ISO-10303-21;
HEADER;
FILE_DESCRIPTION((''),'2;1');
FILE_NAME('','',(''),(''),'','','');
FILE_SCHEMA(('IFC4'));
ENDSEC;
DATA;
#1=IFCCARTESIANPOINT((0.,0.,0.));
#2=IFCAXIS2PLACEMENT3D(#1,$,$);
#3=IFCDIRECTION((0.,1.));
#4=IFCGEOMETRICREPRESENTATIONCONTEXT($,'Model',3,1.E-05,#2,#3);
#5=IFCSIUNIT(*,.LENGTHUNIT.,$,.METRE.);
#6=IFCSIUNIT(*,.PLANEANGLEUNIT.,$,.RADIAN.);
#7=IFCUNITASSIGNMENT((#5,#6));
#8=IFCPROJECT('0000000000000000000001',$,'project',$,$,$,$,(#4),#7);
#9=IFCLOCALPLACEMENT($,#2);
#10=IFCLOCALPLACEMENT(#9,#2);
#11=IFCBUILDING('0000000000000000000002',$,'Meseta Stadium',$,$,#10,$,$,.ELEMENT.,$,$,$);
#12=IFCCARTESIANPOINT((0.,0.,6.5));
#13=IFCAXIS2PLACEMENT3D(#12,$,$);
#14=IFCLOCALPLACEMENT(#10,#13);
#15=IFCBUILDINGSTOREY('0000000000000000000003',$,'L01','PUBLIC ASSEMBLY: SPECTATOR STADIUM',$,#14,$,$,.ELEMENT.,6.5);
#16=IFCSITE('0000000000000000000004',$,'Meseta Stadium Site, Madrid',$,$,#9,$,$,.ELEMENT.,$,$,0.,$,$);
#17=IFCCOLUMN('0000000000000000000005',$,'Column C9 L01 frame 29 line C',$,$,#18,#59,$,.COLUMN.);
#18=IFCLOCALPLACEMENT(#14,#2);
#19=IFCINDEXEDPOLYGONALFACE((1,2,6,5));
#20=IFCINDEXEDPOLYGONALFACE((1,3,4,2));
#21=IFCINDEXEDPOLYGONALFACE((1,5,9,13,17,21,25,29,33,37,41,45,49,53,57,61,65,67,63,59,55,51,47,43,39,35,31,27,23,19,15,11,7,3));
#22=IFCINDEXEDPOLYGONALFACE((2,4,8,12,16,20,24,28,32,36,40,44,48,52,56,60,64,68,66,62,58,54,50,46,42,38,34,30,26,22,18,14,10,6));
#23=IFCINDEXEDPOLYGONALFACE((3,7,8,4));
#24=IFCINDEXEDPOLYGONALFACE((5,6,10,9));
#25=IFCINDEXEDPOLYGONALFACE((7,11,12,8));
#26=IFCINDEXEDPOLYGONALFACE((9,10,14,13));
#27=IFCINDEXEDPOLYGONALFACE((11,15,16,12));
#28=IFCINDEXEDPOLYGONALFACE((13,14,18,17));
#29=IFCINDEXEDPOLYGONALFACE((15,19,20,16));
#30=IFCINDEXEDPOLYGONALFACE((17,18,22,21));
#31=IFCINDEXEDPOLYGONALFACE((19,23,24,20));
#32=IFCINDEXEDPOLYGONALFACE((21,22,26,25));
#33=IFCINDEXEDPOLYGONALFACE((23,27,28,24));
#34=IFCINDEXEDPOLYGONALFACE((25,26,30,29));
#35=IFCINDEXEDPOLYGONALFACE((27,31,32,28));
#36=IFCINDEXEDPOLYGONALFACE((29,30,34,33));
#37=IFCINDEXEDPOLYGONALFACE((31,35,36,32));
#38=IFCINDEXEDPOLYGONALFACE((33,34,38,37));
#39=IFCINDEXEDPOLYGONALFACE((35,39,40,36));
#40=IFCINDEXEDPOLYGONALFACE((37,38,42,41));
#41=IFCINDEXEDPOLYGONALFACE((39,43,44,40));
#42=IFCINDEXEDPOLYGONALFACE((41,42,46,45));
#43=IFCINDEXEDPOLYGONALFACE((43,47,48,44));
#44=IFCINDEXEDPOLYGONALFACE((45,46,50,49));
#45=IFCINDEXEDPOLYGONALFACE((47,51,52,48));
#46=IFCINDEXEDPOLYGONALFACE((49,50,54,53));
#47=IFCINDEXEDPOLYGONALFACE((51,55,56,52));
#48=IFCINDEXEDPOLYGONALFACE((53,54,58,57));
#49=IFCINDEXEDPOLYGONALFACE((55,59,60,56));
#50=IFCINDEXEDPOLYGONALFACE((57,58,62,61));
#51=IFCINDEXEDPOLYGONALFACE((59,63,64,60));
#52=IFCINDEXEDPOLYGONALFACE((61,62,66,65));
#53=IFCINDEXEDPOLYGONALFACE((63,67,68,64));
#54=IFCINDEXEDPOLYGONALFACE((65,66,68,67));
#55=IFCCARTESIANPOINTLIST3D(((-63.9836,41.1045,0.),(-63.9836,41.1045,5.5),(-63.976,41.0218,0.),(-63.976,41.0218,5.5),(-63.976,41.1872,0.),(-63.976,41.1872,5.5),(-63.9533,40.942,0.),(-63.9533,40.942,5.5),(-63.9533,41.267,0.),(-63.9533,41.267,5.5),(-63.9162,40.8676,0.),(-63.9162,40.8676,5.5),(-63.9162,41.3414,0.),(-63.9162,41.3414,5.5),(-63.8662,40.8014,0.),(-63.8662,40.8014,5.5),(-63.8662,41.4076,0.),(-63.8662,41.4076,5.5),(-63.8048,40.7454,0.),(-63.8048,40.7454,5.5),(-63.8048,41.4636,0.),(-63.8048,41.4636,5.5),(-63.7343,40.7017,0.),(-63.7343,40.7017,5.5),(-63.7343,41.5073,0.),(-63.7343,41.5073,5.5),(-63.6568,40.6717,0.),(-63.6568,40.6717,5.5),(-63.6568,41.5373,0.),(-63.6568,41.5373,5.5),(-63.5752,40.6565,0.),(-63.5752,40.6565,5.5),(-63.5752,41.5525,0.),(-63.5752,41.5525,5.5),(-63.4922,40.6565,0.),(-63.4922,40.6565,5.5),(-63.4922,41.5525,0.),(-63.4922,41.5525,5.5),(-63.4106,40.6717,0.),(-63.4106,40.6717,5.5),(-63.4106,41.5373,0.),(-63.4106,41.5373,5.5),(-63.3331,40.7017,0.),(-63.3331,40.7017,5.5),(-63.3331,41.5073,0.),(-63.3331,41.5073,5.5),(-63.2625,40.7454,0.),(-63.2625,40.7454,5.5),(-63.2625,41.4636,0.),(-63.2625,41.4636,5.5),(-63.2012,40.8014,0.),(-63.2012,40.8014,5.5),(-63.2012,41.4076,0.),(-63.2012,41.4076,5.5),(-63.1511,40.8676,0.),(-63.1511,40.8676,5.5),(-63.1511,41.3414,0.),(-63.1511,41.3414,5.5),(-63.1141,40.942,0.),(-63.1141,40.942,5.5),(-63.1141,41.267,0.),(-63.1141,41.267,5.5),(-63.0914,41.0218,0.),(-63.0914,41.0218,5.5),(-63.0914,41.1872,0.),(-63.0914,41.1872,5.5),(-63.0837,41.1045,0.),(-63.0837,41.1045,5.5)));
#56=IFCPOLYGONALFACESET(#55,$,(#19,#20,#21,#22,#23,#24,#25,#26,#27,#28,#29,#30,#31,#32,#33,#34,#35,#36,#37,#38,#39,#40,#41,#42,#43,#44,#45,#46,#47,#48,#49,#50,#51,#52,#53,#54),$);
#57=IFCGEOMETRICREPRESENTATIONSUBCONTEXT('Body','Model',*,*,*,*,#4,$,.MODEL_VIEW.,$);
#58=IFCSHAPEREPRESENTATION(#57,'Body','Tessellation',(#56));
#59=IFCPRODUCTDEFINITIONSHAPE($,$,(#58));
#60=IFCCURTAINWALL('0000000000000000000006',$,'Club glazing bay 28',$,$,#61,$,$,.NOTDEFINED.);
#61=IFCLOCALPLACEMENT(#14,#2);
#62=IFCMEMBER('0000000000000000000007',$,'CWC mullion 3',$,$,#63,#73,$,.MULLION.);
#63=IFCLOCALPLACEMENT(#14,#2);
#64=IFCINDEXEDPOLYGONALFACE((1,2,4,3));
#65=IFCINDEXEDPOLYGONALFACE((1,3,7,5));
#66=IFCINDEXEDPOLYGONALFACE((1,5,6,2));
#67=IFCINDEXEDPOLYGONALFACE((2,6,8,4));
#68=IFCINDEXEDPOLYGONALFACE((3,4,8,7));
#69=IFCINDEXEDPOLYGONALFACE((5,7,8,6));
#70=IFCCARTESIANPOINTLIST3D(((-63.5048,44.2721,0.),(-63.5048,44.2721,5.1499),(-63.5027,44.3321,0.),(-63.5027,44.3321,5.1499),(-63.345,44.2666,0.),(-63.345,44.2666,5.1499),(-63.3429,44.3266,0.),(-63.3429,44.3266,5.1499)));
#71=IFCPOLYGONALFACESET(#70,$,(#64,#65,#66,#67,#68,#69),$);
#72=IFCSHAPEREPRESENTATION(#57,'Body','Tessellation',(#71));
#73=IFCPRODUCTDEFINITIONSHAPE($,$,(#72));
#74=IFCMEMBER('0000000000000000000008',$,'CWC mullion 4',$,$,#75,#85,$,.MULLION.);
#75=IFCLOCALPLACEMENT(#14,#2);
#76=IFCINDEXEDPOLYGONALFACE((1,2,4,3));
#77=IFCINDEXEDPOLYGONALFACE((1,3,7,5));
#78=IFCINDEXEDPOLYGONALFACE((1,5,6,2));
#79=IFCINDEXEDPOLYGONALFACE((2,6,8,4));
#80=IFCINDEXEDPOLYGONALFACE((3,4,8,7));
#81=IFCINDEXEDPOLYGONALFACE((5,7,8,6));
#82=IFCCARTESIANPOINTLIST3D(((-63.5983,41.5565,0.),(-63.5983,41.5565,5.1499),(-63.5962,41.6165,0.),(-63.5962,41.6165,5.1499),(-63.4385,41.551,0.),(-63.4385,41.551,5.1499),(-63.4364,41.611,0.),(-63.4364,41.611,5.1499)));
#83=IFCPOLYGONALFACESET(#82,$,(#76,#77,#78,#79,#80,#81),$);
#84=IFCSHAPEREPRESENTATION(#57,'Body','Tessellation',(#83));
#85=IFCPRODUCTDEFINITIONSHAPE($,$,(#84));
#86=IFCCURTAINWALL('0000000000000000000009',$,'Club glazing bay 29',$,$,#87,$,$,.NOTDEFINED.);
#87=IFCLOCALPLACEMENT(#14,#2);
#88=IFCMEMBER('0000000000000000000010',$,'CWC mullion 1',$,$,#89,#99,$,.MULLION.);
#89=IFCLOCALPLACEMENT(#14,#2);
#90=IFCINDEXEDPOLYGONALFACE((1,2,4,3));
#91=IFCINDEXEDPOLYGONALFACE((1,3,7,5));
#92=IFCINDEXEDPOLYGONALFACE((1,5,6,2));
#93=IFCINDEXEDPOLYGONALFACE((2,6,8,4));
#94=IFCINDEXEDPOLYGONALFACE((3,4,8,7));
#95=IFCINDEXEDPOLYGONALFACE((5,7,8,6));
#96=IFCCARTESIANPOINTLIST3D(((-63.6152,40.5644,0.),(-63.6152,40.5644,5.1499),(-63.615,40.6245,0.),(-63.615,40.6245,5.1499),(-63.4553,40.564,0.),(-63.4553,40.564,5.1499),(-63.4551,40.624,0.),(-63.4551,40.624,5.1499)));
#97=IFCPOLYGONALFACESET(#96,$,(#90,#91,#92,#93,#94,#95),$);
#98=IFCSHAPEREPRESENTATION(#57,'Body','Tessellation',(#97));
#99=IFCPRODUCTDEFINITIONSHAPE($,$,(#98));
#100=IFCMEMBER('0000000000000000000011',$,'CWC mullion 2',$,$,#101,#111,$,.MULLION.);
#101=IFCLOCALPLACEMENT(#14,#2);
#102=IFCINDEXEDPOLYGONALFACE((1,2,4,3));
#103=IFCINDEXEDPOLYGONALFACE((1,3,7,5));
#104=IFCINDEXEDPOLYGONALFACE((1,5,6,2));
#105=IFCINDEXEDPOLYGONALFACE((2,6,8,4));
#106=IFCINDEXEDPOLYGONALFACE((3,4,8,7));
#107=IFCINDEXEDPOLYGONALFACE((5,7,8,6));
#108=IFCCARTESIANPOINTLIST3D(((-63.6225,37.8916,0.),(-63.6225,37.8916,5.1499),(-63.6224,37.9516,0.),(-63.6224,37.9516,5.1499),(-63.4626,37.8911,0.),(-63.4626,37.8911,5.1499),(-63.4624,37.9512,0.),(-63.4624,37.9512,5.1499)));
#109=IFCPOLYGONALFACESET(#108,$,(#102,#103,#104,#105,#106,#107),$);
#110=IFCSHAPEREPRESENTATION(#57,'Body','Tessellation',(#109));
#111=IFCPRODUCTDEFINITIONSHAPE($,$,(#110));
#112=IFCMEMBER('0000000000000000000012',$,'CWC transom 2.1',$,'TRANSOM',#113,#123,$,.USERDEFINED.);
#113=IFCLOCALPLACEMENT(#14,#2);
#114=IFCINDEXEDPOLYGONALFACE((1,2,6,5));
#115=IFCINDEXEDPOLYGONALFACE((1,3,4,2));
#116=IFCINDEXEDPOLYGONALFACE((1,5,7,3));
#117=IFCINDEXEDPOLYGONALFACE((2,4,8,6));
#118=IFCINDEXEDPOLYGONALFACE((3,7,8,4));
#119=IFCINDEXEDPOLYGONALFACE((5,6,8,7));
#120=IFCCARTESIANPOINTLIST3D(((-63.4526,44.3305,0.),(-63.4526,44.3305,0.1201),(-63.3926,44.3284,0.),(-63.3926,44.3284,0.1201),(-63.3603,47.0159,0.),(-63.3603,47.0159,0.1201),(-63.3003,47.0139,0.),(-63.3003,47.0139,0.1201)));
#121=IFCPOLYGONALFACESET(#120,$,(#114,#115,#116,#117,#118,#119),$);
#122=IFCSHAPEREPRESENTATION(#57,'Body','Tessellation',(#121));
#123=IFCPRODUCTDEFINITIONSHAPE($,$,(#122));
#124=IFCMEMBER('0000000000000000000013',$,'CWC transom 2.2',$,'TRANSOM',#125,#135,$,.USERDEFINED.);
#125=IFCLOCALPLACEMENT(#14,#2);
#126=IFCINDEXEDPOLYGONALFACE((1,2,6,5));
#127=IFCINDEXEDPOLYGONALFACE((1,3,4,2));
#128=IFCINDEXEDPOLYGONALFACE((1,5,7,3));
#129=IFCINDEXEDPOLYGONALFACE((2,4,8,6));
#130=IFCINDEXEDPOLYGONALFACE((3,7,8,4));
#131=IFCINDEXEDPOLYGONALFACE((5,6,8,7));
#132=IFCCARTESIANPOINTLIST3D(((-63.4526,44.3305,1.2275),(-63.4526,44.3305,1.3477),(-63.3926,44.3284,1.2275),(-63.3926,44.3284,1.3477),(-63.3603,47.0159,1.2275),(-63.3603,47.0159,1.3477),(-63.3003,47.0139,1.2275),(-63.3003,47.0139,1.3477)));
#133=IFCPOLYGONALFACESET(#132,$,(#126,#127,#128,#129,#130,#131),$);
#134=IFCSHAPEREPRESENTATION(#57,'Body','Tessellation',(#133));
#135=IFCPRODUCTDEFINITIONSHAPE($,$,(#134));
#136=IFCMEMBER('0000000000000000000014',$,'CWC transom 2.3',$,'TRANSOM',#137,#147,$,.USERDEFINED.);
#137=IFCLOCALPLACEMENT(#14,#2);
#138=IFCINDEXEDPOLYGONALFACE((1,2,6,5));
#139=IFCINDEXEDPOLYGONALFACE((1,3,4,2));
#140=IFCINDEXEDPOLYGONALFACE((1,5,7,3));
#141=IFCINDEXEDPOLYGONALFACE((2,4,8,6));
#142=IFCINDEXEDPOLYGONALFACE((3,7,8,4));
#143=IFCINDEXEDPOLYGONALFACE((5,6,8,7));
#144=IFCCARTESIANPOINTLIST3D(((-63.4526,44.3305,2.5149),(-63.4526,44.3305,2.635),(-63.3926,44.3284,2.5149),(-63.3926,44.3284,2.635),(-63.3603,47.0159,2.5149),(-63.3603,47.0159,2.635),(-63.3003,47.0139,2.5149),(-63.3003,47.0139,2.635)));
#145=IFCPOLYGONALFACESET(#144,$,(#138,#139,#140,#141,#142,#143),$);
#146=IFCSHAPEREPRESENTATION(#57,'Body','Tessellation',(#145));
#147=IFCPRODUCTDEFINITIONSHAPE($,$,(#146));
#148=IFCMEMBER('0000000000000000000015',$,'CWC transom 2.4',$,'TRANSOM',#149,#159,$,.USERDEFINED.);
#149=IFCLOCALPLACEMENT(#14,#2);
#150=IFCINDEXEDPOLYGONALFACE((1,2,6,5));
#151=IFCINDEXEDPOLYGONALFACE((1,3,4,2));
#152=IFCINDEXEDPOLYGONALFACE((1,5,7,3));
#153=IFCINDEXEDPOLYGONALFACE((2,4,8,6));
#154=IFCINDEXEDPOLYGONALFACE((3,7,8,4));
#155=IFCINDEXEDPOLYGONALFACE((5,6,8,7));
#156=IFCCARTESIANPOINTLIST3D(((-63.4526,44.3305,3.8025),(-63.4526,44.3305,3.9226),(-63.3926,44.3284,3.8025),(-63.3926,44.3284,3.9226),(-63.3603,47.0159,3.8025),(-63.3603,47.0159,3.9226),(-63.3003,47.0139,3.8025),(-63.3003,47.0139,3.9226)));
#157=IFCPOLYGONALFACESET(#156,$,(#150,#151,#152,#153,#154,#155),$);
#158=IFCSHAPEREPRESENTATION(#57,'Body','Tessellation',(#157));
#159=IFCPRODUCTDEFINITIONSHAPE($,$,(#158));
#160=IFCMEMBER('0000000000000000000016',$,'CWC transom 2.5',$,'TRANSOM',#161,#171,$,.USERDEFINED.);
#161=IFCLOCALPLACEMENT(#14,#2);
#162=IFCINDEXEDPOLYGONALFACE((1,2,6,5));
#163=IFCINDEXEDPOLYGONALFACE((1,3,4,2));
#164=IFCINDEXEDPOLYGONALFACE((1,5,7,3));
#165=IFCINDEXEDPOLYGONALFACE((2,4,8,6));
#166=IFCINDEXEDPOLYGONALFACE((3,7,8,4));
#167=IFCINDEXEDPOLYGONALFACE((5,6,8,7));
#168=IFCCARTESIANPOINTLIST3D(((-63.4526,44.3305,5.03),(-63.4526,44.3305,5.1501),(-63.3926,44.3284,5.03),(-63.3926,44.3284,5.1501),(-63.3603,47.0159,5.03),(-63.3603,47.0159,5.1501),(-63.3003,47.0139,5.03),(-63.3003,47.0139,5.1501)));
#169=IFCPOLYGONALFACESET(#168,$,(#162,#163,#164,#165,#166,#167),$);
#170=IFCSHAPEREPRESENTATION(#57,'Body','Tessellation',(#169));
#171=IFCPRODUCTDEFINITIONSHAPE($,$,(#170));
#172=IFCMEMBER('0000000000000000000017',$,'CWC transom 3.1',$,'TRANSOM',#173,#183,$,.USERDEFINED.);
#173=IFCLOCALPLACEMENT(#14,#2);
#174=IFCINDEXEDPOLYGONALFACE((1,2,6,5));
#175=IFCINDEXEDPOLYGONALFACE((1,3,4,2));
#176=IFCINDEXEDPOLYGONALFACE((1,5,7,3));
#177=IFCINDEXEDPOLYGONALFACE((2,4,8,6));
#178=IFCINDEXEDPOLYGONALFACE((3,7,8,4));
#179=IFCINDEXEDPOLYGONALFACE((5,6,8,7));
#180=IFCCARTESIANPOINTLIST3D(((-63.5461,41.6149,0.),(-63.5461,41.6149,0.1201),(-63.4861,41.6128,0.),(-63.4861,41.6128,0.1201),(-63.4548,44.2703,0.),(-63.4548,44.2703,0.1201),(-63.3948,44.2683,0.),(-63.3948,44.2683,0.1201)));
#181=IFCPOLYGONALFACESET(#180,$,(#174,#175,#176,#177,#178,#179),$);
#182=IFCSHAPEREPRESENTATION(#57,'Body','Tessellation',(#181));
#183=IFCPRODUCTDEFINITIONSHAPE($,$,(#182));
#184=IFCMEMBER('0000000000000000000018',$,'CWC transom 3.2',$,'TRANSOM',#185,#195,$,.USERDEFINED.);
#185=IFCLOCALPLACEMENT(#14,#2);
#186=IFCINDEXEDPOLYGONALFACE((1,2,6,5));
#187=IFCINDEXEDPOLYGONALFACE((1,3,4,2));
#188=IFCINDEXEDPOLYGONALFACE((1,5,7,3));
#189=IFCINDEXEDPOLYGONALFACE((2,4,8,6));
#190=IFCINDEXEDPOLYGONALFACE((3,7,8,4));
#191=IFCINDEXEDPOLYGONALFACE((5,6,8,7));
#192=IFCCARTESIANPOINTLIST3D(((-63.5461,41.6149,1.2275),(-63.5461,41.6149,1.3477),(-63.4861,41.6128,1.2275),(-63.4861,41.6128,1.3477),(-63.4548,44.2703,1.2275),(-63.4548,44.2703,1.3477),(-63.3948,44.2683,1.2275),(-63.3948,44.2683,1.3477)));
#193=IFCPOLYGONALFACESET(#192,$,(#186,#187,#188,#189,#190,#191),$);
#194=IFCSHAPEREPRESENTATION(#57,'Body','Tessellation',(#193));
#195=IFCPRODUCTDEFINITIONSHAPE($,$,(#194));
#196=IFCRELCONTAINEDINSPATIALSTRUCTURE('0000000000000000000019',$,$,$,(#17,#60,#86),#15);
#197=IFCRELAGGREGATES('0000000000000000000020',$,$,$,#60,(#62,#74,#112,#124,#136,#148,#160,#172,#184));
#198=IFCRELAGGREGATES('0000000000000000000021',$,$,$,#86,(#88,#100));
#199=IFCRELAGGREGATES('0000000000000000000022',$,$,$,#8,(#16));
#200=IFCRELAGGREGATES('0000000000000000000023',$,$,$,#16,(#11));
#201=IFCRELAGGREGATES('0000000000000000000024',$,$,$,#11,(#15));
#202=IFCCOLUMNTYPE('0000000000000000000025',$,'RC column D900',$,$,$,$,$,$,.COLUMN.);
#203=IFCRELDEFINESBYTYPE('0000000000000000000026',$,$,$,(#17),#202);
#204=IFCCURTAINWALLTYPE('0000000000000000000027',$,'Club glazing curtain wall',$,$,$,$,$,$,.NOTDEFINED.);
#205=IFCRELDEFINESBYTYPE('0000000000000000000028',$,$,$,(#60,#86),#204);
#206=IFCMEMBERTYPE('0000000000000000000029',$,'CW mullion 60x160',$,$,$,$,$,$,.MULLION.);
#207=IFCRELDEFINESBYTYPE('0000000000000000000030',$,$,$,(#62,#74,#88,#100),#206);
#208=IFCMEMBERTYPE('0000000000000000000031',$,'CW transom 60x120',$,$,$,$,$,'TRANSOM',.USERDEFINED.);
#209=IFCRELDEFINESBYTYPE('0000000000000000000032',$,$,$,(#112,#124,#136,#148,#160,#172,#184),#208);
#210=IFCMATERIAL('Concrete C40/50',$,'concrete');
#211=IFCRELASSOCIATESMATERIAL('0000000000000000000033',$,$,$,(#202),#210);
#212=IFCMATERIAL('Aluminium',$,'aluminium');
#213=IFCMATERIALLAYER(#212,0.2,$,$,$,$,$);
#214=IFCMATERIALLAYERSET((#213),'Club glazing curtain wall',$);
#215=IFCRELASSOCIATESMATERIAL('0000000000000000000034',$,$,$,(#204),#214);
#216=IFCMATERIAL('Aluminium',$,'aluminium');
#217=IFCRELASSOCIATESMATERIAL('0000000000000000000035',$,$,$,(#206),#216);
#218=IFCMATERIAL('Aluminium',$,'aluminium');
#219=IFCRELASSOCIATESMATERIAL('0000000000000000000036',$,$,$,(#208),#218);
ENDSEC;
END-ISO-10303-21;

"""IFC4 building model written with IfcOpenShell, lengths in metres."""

from ifc_helpers import new_model, si_unit, direction, frame, origin, origin_2d, place, context, subcontext, project, spatial, rectangle, circle, extrude, material, layer, layer_set, material_profile, profile_set, type_object, element, aggregate, save


model = new_model("IFC4")

# Units and contexts
model_context = context("Model", 3, precision=1e-05, world=origin(), true_north=direction((0.0, 1.0)))
body_context = subcontext(model_context, "Body", "Model", "MODEL_VIEW")
ifc_project = project(units=[si_unit("LENGTHUNIT", "METRE"), si_unit("PLANEANGLEUNIT", "RADIAN")], contexts=[model_context])

# Site, building, storey
site_placement = place(None, origin())
site = spatial("IfcSite", under=ifc_project, at=site_placement, Name="Meseta Stadium Site, Madrid", CompositionType="ELEMENT", RefElevation=0.0)
building_placement = place(site_placement, origin())
building = spatial("IfcBuilding", under=site, at=building_placement, Name="Meseta Stadium", CompositionType="ELEMENT")
storey_placement = place(building_placement, frame((0.0, 0.0, 6.5)))
storey = spatial("IfcBuildingStorey", under=building, at=storey_placement, Name="L01", Description="PUBLIC ASSEMBLY: SPECTATOR STADIUM", CompositionType="ELEMENT", Elevation=6.5)

# Column
ifc_material_1 = material(Name="Concrete C40/50", Category="concrete")
ifc_material_profile_1 = material_profile(ifc_material_1, circle(Radius=0.45, at=origin_2d()), Name="RC D900")
ifc_profile_set_1 = profile_set([ifc_material_profile_1], Name="Concrete C40/50")
column_type = type_object("IfcColumnType", Name="RC column D900", PredefinedType="COLUMN", material=ifc_profile_set_1)
column_placement = place(storey_placement, frame((-63.5337, 41.1045, 0.0), z_axis=(0.0, 0.0, 1.0), x_axis=(1.0, 0.0, 0.0)))
element("IfcColumn", 1, at=column_placement, inside=storey, type_object=column_type, Name="Column C9 L01 frame 29 line C", PredefinedType="COLUMN", context=body_context, shape_type="SweptSolid", body=[
    extrude(circle(Radius=0.45, at=origin_2d()), origin(), (0.0, 0.0, 1.0), 5.5),
])

# Curtain walls, members
ifc_material_2 = material(Name="Aluminium", Category="aluminium")
ifc_layer_1 = layer(ifc_material_2, 0.2)
ifc_layer_set_1 = layer_set([ifc_layer_1], Name="Club glazing curtain wall")
curtain_wall_type = type_object("IfcCurtainWallType", Name="Club glazing curtain wall", PredefinedType="NOTDEFINED", material=ifc_layer_set_1)
curtain_wall_1_placement = place(storey_placement, origin())
curtain_wall_1 = element("IfcCurtainWall", 2, at=curtain_wall_1_placement, inside=storey, type_object=curtain_wall_type, Name="Club glazing bay 28", PredefinedType="NOTDEFINED")
ifc_material_3 = material(Name="Aluminium", Category="aluminium")
ifc_material_profile_2 = material_profile(ifc_material_3, rectangle(XDim=0.1599, YDim=0.0601, at=origin_2d()), Name="CW 160x60")
ifc_profile_set_2 = profile_set([ifc_material_profile_2], Name="Aluminium")
member_type_1 = type_object("IfcMemberType", Name="CW mullion 60x160", PredefinedType="MULLION", material=ifc_profile_set_2)
member_1_placement = place(storey_placement, frame((-63.4238, 44.2993, 0.0), z_axis=(0.0, 0.0, 1.0), x_axis=(0.999408, -0.034398, 0.0)))
member_1 = element("IfcMember", 3, at=member_1_placement, type_object=member_type_1, Name="CWC mullion 3", PredefinedType="MULLION", context=body_context, shape_type="SweptSolid", body=[
    extrude(rectangle(XDim=0.1599, YDim=0.0601, at=origin_2d()), origin(), (0.0, 0.0, 1.0), 5.1499),
])
member_2_placement = place(storey_placement, frame((-63.5173, 41.5837, 0.0), z_axis=(0.0, 0.0, 1.0), x_axis=(0.999408, -0.034398, 0.0)))
member_2 = element("IfcMember", 4, at=member_2_placement, type_object=member_type_1, Name="CWC mullion 4", PredefinedType="MULLION", context=body_context, shape_type="SweptSolid", body=[
    extrude(rectangle(XDim=0.1599, YDim=0.0601, at=origin_2d()), origin(), (0.0, 0.0, 1.0), 5.1499),
])
curtain_wall_2_placement = place(storey_placement, origin())
curtain_wall_2 = element("IfcCurtainWall", 5, at=curtain_wall_2_placement, inside=storey, type_object=curtain_wall_type, Name="Club glazing bay 29", PredefinedType="NOTDEFINED")
member_3_placement = place(storey_placement, frame((-63.5352, 40.5942, 0.0), z_axis=(0.0, 0.0, 1.0), x_axis=(0.999996, -0.002758, 0.0)))
member_3 = element("IfcMember", 6, at=member_3_placement, type_object=member_type_1, Name="CWC mullion 1", PredefinedType="MULLION", context=body_context, shape_type="SweptSolid", body=[
    extrude(rectangle(XDim=0.1599, YDim=0.0601, at=origin_2d()), origin(), (0.0, 0.0, 1.0), 5.1499),
])
member_4_placement = place(storey_placement, frame((-63.5425, 37.9214, 0.0), z_axis=(0.0, 0.0, 1.0), x_axis=(0.999996, -0.002758, 0.0)))
member_4 = element("IfcMember", 7, at=member_4_placement, type_object=member_type_1, Name="CWC mullion 2", PredefinedType="MULLION", context=body_context, shape_type="SweptSolid", body=[
    extrude(rectangle(XDim=0.1599, YDim=0.0601, at=origin_2d()), origin(), (0.0, 0.0, 1.0), 5.1499),
])

# Members
ifc_material_4 = material(Name="Aluminium", Category="aluminium")
ifc_material_profile_3 = material_profile(ifc_material_4, rectangle(XDim=0.0601, YDim=0.1201, at=origin_2d()), Name="CW 60x120")
ifc_profile_set_3 = profile_set([ifc_material_profile_3], Name="Aluminium")
member_type_2 = type_object("IfcMemberType", Name="CW transom 60x120", ElementType="TRANSOM", PredefinedType="USERDEFINED", material=ifc_profile_set_3)
member_5_placement = place(storey_placement, frame((-63.3303, 47.0149, 0.0601), z_axis=(-0.034343, -0.99941, 0.0), x_axis=(0.99941, -0.034343, 0.0)))
member_5 = element("IfcMember", 8, at=member_5_placement, type_object=member_type_2, Name="CWC transom 2.1", ObjectType="TRANSOM", PredefinedType="USERDEFINED", context=body_context, shape_type="SweptSolid", body=[
    extrude(rectangle(XDim=0.0601, YDim=0.1201, at=origin_2d()), origin(), (0.0, 0.0, 1.0), 2.687),
])
member_6_placement = place(storey_placement, frame((-63.3303, 47.0149, 1.2876), z_axis=(-0.034343, -0.99941, 0.0), x_axis=(0.99941, -0.034343, 0.0)))
member_6 = element("IfcMember", 9, at=member_6_placement, type_object=member_type_2, Name="CWC transom 2.2", ObjectType="TRANSOM", PredefinedType="USERDEFINED", context=body_context, shape_type="SweptSolid", body=[
    extrude(rectangle(XDim=0.0601, YDim=0.1201, at=origin_2d()), origin(), (0.0, 0.0, 1.0), 2.687),
])
member_7_placement = place(storey_placement, frame((-63.3303, 47.0149, 2.575), z_axis=(-0.034343, -0.99941, 0.0), x_axis=(0.99941, -0.034343, 0.0)))
member_7 = element("IfcMember", 10, at=member_7_placement, type_object=member_type_2, Name="CWC transom 2.3", ObjectType="TRANSOM", PredefinedType="USERDEFINED", context=body_context, shape_type="SweptSolid", body=[
    extrude(rectangle(XDim=0.0601, YDim=0.1201, at=origin_2d()), origin(), (0.0, 0.0, 1.0), 2.687),
])
member_8_placement = place(storey_placement, frame((-63.3303, 47.0149, 3.8625), z_axis=(-0.034343, -0.99941, 0.0), x_axis=(0.99941, -0.034343, 0.0)))
member_8 = element("IfcMember", 11, at=member_8_placement, type_object=member_type_2, Name="CWC transom 2.4", ObjectType="TRANSOM", PredefinedType="USERDEFINED", context=body_context, shape_type="SweptSolid", body=[
    extrude(rectangle(XDim=0.0601, YDim=0.1201, at=origin_2d()), origin(), (0.0, 0.0, 1.0), 2.687),
])
member_9_placement = place(storey_placement, frame((-63.3303, 47.0149, 5.0901), z_axis=(-0.034343, -0.99941, 0.0), x_axis=(0.99941, -0.034343, 0.0)))
member_9 = element("IfcMember", 12, at=member_9_placement, type_object=member_type_2, Name="CWC transom 2.5", ObjectType="TRANSOM", PredefinedType="USERDEFINED", context=body_context, shape_type="SweptSolid", body=[
    extrude(rectangle(XDim=0.0601, YDim=0.1201, at=origin_2d()), origin(), (0.0, 0.0, 1.0), 2.687),
])
member_10_placement = place(storey_placement, frame((-63.4248, 44.2693, 0.0601), z_axis=(-0.034364, -0.999409, 0.0), x_axis=(0.999409, -0.034364, 0.0)))
member_10 = element("IfcMember", 13, at=member_10_placement, type_object=member_type_2, Name="CWC transom 3.1", ObjectType="TRANSOM", PredefinedType="USERDEFINED", context=body_context, shape_type="SweptSolid", body=[
    extrude(rectangle(XDim=0.0601, YDim=0.1201, at=origin_2d()), origin(), (0.0, 0.0, 1.0), 2.657),
])
member_11_placement = place(storey_placement, frame((-63.4248, 44.2693, 1.2876), z_axis=(-0.034364, -0.999409, 0.0), x_axis=(0.999409, -0.034364, 0.0)))
member_11 = element("IfcMember", 14, at=member_11_placement, type_object=member_type_2, Name="CWC transom 3.2", ObjectType="TRANSOM", PredefinedType="USERDEFINED", context=body_context, shape_type="SweptSolid", body=[
    extrude(rectangle(XDim=0.0601, YDim=0.1201, at=origin_2d()), origin(), (0.0, 0.0, 1.0), 2.657),
])

aggregate(curtain_wall_1, [member_1, member_2, member_5, member_6, member_7, member_8, member_9, member_10, member_11])
aggregate(curtain_wall_2, [member_3, member_4])

save(model, "model.ifc")
